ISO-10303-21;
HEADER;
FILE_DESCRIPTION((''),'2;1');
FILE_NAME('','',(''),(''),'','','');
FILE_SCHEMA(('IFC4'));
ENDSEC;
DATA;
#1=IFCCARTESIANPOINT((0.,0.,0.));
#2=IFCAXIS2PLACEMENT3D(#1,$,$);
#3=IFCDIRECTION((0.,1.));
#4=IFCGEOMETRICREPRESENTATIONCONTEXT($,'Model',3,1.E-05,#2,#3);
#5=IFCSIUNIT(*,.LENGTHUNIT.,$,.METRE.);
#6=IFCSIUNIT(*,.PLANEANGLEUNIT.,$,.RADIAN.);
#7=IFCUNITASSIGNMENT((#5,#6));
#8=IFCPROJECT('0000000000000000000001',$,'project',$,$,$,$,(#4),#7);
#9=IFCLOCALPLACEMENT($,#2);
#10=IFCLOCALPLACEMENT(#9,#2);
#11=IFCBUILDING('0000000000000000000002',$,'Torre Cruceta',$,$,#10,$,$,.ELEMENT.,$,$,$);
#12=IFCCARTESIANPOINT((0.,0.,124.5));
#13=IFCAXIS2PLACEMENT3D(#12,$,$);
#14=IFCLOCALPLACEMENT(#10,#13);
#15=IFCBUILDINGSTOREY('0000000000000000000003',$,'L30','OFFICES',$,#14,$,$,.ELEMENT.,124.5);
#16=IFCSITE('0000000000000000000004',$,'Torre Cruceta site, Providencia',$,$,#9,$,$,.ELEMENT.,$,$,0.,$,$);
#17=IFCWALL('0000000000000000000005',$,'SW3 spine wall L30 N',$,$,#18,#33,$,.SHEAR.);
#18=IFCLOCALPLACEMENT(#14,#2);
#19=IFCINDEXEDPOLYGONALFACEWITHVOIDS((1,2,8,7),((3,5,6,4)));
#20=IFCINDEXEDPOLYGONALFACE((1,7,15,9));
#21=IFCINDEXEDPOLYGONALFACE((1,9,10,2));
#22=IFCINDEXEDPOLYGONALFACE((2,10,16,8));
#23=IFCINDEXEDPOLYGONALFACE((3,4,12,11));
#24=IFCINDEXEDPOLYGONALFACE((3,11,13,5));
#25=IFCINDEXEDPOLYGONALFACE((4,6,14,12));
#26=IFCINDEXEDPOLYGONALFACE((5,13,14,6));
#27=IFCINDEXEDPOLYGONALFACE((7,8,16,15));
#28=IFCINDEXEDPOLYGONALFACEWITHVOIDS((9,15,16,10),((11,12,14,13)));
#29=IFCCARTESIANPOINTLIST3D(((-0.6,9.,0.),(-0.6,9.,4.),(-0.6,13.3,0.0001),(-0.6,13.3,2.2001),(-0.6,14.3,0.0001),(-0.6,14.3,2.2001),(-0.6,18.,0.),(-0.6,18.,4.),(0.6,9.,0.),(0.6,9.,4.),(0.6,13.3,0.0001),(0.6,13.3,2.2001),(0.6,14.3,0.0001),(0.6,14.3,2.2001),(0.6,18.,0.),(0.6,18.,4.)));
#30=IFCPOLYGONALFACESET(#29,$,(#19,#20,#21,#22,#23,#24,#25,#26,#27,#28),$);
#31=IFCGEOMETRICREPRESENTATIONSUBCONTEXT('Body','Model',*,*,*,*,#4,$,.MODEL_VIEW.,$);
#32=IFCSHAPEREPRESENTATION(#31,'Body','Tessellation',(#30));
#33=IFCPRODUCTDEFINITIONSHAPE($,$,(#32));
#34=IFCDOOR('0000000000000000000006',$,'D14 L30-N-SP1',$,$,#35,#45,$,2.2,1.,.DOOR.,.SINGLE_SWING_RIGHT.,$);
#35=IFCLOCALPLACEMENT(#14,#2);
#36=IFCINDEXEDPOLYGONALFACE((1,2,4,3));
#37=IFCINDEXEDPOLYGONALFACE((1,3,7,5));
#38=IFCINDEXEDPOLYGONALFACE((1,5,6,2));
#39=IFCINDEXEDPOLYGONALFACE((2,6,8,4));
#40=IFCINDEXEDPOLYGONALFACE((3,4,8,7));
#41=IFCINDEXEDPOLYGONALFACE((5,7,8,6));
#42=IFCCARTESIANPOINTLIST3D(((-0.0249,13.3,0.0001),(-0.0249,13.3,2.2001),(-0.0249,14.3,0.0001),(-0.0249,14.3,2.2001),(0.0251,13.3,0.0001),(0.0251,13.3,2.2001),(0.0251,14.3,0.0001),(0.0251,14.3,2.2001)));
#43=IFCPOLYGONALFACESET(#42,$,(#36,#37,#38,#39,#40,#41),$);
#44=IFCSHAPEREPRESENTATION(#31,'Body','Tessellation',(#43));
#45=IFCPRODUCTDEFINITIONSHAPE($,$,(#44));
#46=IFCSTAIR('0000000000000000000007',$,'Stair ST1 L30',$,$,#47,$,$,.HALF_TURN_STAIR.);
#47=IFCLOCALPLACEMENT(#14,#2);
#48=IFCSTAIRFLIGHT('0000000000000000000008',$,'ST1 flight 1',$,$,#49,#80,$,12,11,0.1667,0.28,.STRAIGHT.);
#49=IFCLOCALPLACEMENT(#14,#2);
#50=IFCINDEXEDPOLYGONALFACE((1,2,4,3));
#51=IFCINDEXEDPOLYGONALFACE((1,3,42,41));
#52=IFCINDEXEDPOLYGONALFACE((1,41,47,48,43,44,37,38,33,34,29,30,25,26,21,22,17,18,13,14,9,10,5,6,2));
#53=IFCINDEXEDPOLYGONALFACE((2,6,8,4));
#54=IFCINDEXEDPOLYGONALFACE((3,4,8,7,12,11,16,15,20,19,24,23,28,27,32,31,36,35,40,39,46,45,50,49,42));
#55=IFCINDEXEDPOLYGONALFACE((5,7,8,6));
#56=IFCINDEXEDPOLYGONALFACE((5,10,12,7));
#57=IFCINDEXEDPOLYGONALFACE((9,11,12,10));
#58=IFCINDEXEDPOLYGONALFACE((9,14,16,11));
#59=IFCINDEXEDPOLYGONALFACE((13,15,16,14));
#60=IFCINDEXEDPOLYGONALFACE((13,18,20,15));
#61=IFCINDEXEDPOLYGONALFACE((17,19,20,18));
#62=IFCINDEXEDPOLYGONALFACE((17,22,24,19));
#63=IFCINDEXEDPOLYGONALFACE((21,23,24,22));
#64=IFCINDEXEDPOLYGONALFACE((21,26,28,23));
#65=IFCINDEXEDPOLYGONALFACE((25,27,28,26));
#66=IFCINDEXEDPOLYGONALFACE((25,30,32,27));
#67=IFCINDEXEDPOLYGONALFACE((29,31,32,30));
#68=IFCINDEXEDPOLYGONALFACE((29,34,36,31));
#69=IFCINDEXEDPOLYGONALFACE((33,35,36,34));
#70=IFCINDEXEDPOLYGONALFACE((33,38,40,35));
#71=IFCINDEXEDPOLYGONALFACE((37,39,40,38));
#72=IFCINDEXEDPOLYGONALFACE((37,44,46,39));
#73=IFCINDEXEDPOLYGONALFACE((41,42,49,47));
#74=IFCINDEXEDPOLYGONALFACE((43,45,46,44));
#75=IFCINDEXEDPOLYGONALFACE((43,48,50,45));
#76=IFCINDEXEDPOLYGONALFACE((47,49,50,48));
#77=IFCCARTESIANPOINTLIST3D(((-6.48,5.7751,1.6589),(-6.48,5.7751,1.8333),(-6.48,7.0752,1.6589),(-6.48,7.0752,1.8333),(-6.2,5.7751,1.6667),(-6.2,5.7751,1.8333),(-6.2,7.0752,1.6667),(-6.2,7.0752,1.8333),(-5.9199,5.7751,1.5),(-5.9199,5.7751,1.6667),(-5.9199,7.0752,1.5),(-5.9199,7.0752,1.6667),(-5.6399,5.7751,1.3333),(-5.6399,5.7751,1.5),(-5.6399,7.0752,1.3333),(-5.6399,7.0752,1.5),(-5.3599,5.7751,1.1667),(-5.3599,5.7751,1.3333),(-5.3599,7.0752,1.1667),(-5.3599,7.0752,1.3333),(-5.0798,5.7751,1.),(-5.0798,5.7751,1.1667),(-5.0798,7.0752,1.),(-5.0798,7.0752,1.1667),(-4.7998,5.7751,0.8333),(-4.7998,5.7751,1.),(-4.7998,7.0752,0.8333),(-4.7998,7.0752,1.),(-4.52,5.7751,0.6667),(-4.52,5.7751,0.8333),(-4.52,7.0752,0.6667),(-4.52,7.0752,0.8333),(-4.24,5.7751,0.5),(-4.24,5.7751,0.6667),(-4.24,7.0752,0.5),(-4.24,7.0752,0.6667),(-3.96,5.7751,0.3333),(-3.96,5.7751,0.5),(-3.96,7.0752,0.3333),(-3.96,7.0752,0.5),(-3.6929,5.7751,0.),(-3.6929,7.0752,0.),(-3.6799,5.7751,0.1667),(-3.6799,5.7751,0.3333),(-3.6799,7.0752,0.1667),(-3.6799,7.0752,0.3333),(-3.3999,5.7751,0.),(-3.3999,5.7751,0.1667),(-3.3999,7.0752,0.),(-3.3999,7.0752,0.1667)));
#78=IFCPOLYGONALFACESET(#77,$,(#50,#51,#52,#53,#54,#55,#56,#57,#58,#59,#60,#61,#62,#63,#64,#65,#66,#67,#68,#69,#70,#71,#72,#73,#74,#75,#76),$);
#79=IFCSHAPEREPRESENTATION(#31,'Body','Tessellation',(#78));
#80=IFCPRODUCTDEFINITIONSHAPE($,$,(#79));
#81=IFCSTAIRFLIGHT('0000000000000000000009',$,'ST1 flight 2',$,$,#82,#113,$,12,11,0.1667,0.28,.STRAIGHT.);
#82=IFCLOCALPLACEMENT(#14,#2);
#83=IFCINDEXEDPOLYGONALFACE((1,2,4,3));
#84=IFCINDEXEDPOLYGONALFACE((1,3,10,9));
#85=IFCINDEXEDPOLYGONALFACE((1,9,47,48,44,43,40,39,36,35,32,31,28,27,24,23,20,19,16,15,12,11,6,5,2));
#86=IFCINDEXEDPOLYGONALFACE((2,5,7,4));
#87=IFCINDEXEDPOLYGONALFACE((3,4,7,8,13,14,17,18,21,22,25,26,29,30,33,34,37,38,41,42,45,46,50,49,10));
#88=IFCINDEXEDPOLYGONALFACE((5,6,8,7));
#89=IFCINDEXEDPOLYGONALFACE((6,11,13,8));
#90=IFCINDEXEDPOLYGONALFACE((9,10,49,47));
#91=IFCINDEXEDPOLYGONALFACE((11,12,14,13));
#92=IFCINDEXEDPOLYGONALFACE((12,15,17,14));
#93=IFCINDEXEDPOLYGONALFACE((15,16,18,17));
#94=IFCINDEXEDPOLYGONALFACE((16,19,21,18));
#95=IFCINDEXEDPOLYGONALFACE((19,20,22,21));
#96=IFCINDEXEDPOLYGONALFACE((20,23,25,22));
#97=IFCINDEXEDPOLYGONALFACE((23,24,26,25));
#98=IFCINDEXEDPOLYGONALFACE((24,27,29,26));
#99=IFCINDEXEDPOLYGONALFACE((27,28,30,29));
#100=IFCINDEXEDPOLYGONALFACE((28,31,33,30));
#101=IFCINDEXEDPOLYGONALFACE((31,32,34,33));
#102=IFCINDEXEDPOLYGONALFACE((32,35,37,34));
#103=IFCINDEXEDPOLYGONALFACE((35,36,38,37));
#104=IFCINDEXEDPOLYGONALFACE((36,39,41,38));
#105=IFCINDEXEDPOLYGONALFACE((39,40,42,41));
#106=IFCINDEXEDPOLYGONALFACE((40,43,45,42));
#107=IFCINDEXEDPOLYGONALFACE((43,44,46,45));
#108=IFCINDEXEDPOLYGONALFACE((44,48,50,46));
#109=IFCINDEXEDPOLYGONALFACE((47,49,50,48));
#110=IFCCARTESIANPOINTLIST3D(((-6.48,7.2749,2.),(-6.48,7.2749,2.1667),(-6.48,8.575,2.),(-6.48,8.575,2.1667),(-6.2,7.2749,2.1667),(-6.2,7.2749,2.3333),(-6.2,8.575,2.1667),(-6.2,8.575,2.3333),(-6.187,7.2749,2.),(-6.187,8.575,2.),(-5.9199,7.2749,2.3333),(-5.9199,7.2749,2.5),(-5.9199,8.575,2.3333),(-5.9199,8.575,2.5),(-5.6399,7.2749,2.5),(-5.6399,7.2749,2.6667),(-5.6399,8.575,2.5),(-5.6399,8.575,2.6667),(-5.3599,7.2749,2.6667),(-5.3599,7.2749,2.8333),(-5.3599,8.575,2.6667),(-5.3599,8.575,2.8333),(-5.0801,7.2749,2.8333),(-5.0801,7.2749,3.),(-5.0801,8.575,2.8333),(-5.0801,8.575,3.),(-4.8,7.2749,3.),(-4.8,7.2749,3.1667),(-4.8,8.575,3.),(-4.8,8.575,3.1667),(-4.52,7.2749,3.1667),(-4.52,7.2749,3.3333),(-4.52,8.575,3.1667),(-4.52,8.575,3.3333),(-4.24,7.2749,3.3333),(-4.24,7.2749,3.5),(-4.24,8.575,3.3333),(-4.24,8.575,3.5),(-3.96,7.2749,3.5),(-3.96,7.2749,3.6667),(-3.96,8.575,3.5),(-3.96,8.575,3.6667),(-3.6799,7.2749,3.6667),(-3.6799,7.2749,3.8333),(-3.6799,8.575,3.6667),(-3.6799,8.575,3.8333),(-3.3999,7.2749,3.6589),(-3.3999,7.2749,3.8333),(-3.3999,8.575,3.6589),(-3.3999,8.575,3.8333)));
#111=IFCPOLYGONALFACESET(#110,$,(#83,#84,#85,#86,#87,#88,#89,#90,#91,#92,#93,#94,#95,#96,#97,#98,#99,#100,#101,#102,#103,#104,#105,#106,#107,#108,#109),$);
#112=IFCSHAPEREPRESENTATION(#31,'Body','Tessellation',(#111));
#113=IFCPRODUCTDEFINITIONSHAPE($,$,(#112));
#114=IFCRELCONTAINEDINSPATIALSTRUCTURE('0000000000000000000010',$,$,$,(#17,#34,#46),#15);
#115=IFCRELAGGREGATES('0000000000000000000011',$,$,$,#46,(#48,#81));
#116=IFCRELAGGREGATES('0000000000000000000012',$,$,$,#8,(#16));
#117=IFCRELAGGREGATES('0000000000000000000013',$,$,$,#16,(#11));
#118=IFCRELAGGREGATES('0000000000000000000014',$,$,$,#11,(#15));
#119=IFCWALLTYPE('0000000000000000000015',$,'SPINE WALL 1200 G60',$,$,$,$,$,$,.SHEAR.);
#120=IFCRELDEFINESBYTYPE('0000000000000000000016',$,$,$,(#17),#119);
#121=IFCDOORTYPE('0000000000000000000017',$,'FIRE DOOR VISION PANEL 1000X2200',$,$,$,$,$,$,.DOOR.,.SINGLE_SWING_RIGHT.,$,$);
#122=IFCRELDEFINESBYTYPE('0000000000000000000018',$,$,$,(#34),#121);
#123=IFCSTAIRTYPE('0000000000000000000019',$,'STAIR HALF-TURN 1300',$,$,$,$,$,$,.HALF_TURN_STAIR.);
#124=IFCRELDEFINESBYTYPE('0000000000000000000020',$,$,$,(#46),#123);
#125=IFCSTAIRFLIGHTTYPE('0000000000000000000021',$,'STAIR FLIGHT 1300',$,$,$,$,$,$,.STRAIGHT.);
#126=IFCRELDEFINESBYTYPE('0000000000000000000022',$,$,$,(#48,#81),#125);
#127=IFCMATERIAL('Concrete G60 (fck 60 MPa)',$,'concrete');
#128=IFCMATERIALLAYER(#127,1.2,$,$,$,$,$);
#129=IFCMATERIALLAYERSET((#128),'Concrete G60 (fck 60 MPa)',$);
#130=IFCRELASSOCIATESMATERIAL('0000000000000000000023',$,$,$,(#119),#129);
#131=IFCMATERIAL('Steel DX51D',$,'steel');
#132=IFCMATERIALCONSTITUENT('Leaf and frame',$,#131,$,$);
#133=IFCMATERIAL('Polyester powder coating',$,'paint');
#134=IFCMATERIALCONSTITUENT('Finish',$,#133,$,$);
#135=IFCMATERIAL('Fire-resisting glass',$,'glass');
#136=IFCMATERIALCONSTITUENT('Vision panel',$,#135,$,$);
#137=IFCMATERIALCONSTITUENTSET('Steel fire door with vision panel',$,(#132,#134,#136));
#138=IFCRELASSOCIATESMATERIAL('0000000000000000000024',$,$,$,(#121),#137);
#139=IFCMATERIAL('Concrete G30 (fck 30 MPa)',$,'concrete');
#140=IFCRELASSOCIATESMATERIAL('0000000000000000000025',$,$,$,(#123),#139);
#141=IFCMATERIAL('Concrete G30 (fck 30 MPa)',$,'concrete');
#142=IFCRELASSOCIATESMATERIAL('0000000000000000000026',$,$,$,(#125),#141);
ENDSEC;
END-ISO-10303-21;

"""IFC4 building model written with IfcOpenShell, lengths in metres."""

from ifc_helpers import new_model, si_unit, direction, frame, frame_2d, origin, place, context, subcontext, project, spatial, polyline, rectangle, outline, extrude, material, layer, layer_set, constituent, constituent_set, type_object, element, fill, aggregate, save


model = new_model("IFC4")

# Units and contexts
model_context = context("Model", 3, precision=1e-05, world=origin(), true_north=direction((0.0, 1.0)))
body_context = subcontext(model_context, "Body", "Model", "MODEL_VIEW")
ifc_project = project(units=[si_unit("LENGTHUNIT", "METRE"), si_unit("PLANEANGLEUNIT", "RADIAN")], contexts=[model_context])

# Site, building, storey
site_placement = place(None, origin())
site = spatial("IfcSite", under=ifc_project, at=site_placement, Name="Torre Cruceta site, Providencia", CompositionType="ELEMENT", RefElevation=0.0)
building_placement = place(site_placement, origin())
building = spatial("IfcBuilding", under=site, at=building_placement, Name="Torre Cruceta", CompositionType="ELEMENT")
storey_placement = place(building_placement, frame((0.0, 0.0, 124.5)))
storey = spatial("IfcBuildingStorey", under=building, at=storey_placement, Name="L30", Description="OFFICES", CompositionType="ELEMENT", Elevation=124.5)

# Wall, opening, door
ifc_material_1 = material(Name="Concrete G60 (fck 60 MPa)", Category="concrete")
ifc_layer_1 = layer(ifc_material_1, 1.2)
ifc_layer_set_1 = layer_set([ifc_layer_1], Name="Concrete G60 (fck 60 MPa)")
wall_type_1 = type_object("IfcWallType", Name="SPINE WALL 1200 G60", PredefinedType="SHEAR", material=ifc_layer_set_1)
wall_1_placement = place(storey_placement, frame((0.0, 9.0, 0.0), z_axis=(0.0, 0.0, 1.0), x_axis=(0.0, 1.0, 0.0)))
wall_1 = element("IfcWall", 1, at=wall_1_placement, inside=storey, type_object=wall_type_1, Name="SW3 spine wall L30 N", PredefinedType="SHEAR", context=body_context, shape_type="SweptSolid", body=[
    extrude(rectangle(XDim=9.0, YDim=1.2, at=frame_2d((4.5, 0.0))), origin(), (0.0, 0.0, 1.0), 4.0),
])
opening_1_placement = place(wall_1_placement, frame((4.3, 0.0, 0.0)))
opening_1 = element("IfcOpeningElement", 2, at=opening_1_placement, cuts=wall_1, PredefinedType="OPENING", context=body_context, shape_type="SweptSolid", body=[
    extrude(rectangle(XDim=1.0, YDim=2.2, at=frame_2d((0.5, 1.1001))), frame((0.0, 0.6099, 0.0), z_axis=(0.0, -1.0, 0.0), x_axis=(1.0, 0.0, 0.0)), (0.0, 0.0, 1.0), 1.22),
])
ifc_material_2 = material(Name="Steel DX51D", Category="steel")
ifc_constituent_1 = constituent(ifc_material_2, Name="Leaf and frame")
ifc_material_3 = material(Name="Polyester powder coating", Category="paint")
ifc_constituent_2 = constituent(ifc_material_3, Name="Finish")
ifc_material_4 = material(Name="Fire-resisting glass", Category="glass")
ifc_constituent_3 = constituent(ifc_material_4, Name="Vision panel")
ifc_constituent_set_1 = constituent_set(constituents=[ifc_constituent_1, ifc_constituent_2, ifc_constituent_3], Name="Steel fire door with vision panel")
door_type_1 = type_object("IfcDoorType", Name="FIRE DOOR VISION PANEL 1000X2200", OperationType="SINGLE_SWING_RIGHT", PredefinedType="DOOR", material=ifc_constituent_set_1)
door_1_placement = place(opening_1_placement, origin())
door_1 = element("IfcDoor", 3, at=door_1_placement, inside=storey, type_object=door_type_1, Name="D14 L30-N-SP1", OperationType="SINGLE_SWING_RIGHT", OverallHeight=2.2, OverallWidth=1.0, PredefinedType="DOOR", context=body_context, shape_type="SweptSolid", body=[
    extrude(rectangle(XDim=1.0, YDim=2.2, at=frame_2d((0.5, 1.1001))), frame((0.0, 0.0249, 0.0), z_axis=(0.0, -1.0, 0.0), x_axis=(1.0, 0.0, 0.0)), (0.0, 0.0, 1.0), 0.05),
])
fill(opening_1, door_1)

# Stair, stair flights
ifc_material_5 = material(Name="Concrete G30 (fck 30 MPa)", Category="concrete")
stair_type = type_object("IfcStairType", Name="STAIR HALF-TURN 1300", PredefinedType="HALF_TURN_STAIR", material=ifc_material_5)
stair_placement = place(storey_placement, origin())
stair = element("IfcStair", 4, at=stair_placement, inside=storey, type_object=stair_type, Name="Stair ST1 L30", PredefinedType="HALF_TURN_STAIR")
ifc_material_6 = material(Name="Concrete G30 (fck 30 MPa)", Category="concrete")
stair_flight_type = type_object("IfcStairFlightType", Name="STAIR FLIGHT 1300", PredefinedType="STRAIGHT", material=ifc_material_6)
stair_flight_1_placement = place(storey_placement, frame((-3.3999, 6.425, 0.0), z_axis=(0.0, 0.0, 1.0), x_axis=(-1.0, 0.0, 0.0)))
stair_flight_1 = element("IfcStairFlight", 5, at=stair_flight_1_placement, type_object=stair_flight_type, Name="ST1 flight 1", NumberOfRisers=12, NumberOfTreads=11, PredefinedType="STRAIGHT", RiserHeight=0.1667, TreadLength=0.28, context=body_context, shape_type="SweptSolid", body=[
    extrude(outline(polyline([(0.0, 0.0), (0.0, 0.1667), (0.28, 0.1667), (0.28, 0.3333), (0.5601, 0.3333), (0.5601, 0.5), (0.8401, 0.5), (0.8401, 0.6667), (1.1201, 0.6667), (1.1201, 0.8333), (1.3999, 0.8333), (1.3999, 1.0), (1.6799, 1.0), (1.6799, 1.1667), (1.96, 1.1667), (1.96, 1.3333), (2.24, 1.3333), (2.24, 1.5), (2.52, 1.5), (2.52, 1.6667), (2.8, 1.6667), (2.8, 1.8333), (3.0801, 1.8333), (3.0801, 2.0), (3.0801, 1.6589), (0.293, 0.0), (0.0, 0.0)])), frame((0.0, 0.6499, 0.0), z_axis=(0.0, -1.0, 0.0), x_axis=(1.0, 0.0, 0.0)), (0.0, 0.0, 1.0), 1.3),
])
stair_flight_2_placement = place(storey_placement, frame((-6.48, 7.925, 2.0), z_axis=(0.0, 0.0, 1.0), x_axis=(1.0, 0.0, 0.0)))
stair_flight_2 = element("IfcStairFlight", 6, at=stair_flight_2_placement, type_object=stair_flight_type, Name="ST1 flight 2", NumberOfRisers=12, NumberOfTreads=11, PredefinedType="STRAIGHT", RiserHeight=0.1667, TreadLength=0.28, context=body_context, shape_type="SweptSolid", body=[
    extrude(outline(polyline([(0.0, 0.0), (0.0, 0.1667), (0.28, 0.1667), (0.28, 0.3333), (0.5601, 0.3333), (0.5601, 0.5), (0.8401, 0.5), (0.8401, 0.6667), (1.1201, 0.6667), (1.1201, 0.8333), (1.3999, 0.8333), (1.3999, 1.0), (1.6799, 1.0), (1.6799, 1.1667), (1.96, 1.1667), (1.96, 1.3333), (2.24, 1.3333), (2.24, 1.5), (2.52, 1.5), (2.52, 1.6667), (2.8, 1.6667), (2.8, 1.8333), (3.0801, 1.8333), (3.0801, 2.0), (3.0801, 1.6589), (0.293, 0.0), (0.0, 0.0)])), frame((0.0, 0.6499, 0.0), z_axis=(0.0, -1.0, 0.0), x_axis=(1.0, 0.0, 0.0)), (0.0, 0.0, 1.0), 1.3),
])
aggregate(stair, [stair_flight_1, stair_flight_2])

save(model, "model.ifc")
